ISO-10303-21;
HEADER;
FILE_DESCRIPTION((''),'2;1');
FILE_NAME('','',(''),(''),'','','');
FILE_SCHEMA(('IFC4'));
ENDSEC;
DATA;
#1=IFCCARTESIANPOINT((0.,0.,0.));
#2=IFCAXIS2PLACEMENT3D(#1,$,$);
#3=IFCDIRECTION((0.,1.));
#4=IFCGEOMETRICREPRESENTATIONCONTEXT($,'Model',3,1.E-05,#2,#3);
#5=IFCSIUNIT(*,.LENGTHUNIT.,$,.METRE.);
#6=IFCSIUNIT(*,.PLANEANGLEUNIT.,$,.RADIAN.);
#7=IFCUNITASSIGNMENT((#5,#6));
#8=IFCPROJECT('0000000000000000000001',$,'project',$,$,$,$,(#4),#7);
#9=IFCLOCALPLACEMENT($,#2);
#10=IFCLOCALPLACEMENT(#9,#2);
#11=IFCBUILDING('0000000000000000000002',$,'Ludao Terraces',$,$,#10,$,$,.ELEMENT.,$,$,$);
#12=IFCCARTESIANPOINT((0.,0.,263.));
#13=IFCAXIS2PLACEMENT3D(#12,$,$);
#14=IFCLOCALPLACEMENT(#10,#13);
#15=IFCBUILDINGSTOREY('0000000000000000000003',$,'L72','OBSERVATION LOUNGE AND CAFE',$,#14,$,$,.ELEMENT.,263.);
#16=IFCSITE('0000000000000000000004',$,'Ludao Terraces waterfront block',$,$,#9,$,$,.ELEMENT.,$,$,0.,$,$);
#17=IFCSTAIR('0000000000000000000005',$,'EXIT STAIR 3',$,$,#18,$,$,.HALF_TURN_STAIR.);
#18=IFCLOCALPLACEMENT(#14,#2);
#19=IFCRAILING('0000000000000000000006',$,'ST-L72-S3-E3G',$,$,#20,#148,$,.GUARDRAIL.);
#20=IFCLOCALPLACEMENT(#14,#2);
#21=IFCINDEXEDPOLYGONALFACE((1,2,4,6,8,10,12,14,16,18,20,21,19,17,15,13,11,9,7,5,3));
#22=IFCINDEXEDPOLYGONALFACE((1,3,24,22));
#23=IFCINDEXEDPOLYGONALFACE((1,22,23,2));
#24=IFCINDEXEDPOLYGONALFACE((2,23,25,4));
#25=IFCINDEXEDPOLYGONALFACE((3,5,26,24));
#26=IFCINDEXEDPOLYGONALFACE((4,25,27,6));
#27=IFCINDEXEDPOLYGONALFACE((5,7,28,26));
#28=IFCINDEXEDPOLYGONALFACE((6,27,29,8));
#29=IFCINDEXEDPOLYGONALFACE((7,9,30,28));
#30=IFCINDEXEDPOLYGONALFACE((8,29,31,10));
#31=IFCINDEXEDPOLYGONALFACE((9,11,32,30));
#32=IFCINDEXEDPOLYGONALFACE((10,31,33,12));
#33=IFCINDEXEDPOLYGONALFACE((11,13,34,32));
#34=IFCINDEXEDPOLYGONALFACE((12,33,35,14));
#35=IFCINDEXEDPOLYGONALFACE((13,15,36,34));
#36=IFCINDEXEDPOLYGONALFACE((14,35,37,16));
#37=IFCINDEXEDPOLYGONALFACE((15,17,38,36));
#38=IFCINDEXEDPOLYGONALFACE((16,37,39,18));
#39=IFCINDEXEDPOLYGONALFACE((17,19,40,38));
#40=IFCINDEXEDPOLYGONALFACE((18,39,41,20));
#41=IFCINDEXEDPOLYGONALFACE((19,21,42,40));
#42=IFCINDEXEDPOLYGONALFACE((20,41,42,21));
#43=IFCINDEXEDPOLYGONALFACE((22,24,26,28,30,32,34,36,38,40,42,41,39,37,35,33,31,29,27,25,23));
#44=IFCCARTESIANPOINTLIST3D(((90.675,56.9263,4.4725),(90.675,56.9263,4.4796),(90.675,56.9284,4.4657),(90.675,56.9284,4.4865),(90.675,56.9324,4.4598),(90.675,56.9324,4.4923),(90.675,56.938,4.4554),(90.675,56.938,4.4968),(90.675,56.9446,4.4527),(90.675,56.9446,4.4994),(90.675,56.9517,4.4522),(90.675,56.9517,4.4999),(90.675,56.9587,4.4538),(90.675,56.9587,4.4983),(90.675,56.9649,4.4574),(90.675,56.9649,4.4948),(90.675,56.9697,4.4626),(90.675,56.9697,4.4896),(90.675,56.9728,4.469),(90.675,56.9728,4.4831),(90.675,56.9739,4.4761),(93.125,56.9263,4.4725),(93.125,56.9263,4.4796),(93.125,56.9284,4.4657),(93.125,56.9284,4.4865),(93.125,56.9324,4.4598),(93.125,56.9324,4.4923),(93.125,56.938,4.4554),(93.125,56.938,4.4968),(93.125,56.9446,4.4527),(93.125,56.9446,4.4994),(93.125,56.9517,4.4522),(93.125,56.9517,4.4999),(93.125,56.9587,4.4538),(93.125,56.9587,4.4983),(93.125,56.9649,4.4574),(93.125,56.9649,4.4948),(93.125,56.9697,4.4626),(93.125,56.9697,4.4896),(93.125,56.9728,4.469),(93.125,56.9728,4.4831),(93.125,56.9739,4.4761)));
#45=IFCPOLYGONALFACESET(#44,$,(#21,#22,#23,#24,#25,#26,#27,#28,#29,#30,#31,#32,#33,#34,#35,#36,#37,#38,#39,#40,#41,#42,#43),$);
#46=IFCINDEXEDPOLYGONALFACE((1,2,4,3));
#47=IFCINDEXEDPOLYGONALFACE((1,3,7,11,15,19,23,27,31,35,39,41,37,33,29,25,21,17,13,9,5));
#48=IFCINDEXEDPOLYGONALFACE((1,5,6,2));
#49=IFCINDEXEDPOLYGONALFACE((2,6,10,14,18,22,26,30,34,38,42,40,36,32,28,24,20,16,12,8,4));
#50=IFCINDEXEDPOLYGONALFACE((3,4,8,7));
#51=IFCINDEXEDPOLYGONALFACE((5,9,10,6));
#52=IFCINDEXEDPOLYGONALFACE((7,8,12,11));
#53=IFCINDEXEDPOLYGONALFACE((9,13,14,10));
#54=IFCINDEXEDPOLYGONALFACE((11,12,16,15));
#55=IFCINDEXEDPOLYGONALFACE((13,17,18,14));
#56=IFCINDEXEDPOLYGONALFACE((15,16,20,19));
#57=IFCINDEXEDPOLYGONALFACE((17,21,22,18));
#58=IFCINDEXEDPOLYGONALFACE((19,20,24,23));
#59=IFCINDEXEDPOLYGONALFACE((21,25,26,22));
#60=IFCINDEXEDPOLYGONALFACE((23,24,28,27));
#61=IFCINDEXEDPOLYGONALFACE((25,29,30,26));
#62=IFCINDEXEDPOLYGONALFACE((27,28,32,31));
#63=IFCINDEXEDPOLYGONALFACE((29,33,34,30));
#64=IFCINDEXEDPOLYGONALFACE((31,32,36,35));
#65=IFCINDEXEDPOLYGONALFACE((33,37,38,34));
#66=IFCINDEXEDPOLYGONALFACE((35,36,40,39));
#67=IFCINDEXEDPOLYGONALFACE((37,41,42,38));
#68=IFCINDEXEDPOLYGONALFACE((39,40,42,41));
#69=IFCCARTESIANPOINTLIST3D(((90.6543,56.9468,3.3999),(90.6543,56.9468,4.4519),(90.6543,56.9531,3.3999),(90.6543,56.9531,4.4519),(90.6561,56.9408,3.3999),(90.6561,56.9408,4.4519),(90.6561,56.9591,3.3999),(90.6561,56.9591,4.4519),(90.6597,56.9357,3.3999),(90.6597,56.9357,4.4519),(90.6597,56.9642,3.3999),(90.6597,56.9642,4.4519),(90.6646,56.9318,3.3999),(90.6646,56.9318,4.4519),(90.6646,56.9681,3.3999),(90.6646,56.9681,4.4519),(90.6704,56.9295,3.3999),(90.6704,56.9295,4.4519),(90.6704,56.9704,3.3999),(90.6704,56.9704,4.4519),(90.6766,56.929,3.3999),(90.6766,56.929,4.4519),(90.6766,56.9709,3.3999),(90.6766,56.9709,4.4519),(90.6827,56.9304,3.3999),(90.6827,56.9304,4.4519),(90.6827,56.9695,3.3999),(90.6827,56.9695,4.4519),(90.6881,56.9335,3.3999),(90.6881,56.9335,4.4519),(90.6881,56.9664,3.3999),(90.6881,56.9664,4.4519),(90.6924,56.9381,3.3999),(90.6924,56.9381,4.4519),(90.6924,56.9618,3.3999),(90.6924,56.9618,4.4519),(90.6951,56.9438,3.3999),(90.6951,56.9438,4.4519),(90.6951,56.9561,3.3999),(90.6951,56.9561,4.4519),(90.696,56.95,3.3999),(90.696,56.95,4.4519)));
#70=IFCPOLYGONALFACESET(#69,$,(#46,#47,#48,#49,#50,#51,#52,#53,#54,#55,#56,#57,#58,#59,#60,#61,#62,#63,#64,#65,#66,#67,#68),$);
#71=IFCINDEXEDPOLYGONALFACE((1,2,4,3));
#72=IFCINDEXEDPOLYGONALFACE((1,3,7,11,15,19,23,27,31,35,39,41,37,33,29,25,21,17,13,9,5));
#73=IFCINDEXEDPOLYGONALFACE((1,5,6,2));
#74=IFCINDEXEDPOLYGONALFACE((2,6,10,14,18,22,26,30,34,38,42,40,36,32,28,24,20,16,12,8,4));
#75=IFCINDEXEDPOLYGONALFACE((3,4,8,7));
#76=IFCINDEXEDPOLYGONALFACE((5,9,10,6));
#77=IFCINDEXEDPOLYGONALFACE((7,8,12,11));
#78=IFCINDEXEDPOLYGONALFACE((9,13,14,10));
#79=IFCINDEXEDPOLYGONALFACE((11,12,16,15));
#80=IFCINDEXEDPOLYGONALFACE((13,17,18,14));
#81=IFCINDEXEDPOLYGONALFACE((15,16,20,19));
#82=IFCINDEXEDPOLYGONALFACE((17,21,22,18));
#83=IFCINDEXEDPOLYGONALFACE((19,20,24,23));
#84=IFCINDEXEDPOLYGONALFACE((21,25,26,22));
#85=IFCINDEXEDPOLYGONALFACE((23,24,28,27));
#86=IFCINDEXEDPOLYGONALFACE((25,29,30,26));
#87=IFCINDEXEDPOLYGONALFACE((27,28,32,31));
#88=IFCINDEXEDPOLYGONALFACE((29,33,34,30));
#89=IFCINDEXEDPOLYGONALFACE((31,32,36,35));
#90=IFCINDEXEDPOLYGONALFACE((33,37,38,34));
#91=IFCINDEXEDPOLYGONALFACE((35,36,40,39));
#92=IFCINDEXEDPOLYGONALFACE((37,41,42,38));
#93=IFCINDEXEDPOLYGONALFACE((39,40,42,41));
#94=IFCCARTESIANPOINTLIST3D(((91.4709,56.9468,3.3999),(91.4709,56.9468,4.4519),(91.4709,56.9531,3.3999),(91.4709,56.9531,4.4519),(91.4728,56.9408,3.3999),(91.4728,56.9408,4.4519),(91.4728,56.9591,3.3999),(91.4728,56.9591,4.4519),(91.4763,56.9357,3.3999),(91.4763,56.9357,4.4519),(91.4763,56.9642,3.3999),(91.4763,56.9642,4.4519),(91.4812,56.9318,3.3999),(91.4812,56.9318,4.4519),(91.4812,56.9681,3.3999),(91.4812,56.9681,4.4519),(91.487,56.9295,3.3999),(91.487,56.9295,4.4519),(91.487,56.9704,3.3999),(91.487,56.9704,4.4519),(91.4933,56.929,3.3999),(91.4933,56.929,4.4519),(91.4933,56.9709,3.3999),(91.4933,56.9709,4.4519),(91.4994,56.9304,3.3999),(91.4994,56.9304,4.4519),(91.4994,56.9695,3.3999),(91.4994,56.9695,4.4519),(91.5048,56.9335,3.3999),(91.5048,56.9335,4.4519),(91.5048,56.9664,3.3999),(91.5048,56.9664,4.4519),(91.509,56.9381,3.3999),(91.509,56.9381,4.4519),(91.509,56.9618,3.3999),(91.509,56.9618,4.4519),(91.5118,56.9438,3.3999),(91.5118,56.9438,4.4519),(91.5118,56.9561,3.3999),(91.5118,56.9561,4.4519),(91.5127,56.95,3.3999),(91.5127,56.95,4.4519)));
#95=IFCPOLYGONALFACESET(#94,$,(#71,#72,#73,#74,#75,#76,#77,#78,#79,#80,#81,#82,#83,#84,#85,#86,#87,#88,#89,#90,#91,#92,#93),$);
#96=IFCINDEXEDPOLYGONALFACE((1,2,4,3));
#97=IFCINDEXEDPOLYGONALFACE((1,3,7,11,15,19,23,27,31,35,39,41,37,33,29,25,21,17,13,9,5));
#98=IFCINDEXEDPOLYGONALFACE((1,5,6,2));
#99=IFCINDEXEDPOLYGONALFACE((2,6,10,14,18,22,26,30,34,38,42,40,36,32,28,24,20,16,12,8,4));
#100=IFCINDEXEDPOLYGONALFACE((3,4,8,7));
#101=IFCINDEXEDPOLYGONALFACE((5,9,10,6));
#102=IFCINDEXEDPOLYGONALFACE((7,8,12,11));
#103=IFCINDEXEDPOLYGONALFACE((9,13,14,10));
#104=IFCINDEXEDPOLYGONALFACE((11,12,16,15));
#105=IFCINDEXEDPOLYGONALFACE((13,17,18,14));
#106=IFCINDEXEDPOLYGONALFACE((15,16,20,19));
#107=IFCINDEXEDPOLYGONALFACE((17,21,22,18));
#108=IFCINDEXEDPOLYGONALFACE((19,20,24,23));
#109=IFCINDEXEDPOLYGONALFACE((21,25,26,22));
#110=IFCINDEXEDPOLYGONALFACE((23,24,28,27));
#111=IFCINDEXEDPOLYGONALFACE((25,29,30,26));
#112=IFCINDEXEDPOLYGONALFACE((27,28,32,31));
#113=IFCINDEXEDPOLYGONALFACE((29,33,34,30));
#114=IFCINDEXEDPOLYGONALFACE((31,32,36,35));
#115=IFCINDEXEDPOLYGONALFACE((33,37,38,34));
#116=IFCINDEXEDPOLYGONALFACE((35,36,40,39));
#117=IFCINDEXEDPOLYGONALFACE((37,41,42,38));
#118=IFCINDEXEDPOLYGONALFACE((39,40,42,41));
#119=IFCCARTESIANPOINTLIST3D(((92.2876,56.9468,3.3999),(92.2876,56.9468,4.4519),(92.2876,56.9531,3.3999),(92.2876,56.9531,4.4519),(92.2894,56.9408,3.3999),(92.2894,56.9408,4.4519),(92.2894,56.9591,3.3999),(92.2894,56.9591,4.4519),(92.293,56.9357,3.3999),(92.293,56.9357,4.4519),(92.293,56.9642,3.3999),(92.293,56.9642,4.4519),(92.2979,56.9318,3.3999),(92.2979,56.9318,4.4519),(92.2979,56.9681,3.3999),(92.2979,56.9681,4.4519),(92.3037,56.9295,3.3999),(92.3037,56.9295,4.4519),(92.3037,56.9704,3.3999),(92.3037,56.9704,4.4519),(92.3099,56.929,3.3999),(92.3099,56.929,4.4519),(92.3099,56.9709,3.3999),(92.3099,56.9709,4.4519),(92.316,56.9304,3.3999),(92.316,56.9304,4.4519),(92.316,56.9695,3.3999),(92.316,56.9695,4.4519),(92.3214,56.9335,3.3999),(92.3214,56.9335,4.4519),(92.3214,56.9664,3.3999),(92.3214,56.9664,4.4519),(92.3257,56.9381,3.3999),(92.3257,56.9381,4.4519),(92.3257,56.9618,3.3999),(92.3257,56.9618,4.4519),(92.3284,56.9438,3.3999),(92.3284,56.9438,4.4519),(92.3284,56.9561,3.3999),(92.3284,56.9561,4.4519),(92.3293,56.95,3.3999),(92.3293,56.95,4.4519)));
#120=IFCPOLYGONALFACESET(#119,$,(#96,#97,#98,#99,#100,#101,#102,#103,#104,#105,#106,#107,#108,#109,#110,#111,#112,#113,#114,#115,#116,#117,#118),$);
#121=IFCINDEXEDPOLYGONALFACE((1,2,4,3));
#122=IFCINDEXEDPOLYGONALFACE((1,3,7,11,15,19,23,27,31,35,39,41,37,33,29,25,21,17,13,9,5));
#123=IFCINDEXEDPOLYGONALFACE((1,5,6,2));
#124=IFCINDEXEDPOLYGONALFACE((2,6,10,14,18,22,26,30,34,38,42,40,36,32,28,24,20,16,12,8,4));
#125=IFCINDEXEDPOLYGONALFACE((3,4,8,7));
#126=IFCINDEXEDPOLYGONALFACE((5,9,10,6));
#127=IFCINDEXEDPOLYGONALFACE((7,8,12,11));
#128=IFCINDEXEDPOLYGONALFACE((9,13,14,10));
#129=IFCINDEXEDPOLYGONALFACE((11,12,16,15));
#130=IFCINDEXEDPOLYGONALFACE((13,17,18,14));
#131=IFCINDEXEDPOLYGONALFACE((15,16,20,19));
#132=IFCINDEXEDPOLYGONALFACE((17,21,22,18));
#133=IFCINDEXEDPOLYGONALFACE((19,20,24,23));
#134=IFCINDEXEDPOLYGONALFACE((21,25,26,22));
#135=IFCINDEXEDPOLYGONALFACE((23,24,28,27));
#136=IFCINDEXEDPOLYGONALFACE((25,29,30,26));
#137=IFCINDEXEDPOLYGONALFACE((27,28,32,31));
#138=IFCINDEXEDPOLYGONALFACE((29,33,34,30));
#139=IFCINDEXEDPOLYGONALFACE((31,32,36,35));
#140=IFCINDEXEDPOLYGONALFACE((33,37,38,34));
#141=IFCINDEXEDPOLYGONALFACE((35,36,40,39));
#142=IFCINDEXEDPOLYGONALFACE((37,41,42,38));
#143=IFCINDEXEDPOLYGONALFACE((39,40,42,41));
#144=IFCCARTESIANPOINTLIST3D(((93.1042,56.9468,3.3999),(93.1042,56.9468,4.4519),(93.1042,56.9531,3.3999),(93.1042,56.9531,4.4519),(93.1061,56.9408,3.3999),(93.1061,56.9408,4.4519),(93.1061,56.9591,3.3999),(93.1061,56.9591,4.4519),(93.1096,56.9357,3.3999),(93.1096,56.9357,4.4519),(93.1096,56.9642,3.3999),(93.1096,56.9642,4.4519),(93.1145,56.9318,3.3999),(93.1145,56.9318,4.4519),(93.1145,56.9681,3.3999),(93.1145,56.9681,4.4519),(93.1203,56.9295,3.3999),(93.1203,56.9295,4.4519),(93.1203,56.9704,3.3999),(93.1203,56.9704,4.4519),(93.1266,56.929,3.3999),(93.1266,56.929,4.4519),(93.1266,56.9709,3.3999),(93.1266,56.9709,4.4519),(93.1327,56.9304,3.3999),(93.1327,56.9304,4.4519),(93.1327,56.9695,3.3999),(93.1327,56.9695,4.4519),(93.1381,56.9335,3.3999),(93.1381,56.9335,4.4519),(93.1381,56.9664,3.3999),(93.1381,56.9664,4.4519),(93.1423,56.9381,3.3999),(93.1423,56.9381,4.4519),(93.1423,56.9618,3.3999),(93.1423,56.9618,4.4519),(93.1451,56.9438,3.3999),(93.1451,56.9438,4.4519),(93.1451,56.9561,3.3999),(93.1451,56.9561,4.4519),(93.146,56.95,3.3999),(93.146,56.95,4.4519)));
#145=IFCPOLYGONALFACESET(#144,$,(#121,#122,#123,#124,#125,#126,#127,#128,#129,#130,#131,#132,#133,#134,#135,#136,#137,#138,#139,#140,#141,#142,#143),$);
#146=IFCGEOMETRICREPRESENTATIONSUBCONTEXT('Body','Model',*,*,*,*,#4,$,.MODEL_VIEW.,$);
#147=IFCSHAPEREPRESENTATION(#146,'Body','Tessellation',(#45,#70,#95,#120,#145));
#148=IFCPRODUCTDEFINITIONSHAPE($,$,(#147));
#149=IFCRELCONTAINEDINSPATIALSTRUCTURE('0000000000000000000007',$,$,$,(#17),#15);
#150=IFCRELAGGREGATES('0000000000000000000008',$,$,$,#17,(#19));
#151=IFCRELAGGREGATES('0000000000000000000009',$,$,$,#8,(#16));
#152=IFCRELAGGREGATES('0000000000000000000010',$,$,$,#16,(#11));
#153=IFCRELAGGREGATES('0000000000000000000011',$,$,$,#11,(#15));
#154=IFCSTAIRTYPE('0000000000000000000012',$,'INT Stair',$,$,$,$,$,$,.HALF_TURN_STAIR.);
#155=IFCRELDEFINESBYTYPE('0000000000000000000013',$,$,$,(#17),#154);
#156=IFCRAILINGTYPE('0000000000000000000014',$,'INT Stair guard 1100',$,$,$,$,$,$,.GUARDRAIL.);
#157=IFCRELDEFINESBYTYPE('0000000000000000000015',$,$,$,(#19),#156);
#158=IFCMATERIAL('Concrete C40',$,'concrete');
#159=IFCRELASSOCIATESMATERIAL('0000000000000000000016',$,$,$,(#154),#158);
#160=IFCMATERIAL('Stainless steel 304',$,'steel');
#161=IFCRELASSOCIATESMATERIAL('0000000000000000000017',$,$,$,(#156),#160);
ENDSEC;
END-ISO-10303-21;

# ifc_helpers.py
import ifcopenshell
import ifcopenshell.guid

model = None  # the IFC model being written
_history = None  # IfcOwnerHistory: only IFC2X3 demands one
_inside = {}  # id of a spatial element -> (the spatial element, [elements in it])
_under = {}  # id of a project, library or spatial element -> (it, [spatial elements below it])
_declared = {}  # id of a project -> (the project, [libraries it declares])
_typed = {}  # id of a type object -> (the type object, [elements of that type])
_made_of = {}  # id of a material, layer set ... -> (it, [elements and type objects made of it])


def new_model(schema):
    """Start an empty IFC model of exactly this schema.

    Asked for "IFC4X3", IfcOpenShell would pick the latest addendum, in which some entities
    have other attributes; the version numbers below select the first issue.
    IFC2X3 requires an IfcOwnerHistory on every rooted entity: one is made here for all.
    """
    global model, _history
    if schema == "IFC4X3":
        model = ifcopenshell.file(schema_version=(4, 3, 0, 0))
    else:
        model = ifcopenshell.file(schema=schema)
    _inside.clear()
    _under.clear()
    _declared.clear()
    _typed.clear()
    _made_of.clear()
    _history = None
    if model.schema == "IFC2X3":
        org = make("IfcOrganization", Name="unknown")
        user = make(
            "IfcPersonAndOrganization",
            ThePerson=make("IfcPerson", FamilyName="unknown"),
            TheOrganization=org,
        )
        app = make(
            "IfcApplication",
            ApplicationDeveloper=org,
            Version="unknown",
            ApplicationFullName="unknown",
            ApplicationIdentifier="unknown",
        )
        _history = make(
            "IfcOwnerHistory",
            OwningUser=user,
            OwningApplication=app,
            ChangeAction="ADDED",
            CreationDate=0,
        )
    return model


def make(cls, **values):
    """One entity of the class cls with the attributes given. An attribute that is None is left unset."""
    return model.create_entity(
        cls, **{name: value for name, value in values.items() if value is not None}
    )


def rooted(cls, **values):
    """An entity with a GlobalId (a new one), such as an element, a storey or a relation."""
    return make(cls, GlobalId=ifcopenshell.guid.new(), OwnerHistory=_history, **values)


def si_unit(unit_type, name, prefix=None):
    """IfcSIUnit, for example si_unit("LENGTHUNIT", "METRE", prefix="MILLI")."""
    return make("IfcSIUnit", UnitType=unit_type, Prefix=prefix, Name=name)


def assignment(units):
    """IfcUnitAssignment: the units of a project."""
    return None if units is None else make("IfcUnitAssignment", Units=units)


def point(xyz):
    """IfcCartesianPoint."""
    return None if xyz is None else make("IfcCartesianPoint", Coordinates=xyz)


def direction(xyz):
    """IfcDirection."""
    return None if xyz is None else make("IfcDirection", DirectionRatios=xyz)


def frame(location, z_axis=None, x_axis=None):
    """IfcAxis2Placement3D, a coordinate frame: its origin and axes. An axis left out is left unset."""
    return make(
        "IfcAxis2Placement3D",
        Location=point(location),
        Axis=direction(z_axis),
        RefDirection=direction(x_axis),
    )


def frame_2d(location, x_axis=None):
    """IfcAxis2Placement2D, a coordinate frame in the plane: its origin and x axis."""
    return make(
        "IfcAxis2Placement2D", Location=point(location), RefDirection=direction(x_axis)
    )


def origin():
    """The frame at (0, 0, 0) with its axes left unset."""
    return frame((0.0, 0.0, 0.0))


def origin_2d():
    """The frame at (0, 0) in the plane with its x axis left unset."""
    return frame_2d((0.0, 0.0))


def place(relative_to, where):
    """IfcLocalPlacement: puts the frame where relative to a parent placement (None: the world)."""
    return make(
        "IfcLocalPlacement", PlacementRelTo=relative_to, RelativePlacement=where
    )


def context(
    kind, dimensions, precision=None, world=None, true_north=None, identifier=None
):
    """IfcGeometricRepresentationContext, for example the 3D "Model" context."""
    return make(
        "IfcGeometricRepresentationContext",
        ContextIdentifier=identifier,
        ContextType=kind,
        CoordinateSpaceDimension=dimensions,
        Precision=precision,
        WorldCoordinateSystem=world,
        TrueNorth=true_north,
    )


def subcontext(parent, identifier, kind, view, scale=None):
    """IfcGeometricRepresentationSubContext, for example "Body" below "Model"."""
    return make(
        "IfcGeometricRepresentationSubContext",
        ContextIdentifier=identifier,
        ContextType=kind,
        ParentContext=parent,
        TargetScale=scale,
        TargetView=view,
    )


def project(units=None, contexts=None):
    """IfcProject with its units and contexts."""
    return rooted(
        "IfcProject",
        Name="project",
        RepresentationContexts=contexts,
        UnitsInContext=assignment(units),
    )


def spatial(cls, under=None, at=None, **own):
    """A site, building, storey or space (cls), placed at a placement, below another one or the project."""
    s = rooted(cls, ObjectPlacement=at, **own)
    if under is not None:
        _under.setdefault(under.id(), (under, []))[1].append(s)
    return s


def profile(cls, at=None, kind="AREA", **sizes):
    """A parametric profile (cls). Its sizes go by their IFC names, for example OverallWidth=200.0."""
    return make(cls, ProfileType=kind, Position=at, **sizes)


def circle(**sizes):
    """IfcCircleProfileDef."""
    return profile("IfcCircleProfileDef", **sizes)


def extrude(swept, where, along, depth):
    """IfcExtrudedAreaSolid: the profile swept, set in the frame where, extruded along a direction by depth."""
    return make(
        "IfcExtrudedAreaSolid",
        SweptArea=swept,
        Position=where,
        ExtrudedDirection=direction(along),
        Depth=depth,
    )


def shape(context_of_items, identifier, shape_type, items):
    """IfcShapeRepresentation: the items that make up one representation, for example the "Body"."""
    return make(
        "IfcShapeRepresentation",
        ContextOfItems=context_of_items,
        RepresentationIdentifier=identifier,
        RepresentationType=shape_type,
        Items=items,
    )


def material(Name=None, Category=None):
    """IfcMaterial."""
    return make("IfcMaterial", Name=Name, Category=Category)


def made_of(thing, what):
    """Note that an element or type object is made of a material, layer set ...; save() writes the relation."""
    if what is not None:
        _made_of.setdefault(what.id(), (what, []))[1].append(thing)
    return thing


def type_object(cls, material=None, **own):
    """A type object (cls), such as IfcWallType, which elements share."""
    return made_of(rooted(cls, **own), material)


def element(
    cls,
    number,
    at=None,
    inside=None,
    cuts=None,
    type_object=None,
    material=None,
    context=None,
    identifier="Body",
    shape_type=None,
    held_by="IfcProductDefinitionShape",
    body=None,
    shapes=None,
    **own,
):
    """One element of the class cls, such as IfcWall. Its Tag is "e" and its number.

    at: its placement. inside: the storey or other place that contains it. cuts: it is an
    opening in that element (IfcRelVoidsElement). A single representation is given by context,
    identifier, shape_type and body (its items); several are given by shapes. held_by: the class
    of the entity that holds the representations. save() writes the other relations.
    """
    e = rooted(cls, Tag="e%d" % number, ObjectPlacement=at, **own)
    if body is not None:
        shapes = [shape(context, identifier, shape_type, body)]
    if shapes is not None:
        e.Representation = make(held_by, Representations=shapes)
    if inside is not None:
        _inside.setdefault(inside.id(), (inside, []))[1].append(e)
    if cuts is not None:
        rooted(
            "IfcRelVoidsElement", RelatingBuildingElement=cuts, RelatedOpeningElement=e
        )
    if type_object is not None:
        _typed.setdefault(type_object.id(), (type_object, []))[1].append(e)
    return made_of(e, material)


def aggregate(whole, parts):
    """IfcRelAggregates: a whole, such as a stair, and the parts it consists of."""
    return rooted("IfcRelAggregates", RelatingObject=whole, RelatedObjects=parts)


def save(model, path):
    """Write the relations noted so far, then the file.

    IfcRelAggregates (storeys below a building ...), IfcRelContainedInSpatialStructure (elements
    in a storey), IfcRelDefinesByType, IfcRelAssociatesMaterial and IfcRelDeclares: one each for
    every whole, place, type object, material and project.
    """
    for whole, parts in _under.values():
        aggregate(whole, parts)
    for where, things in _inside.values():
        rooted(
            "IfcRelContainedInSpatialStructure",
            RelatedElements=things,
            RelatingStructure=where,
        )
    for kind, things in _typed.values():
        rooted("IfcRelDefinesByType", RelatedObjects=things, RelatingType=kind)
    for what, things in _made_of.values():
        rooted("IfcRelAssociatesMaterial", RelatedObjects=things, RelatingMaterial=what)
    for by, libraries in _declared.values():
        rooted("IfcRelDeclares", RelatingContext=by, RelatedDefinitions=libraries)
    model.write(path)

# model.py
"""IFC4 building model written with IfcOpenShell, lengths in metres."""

from ifc_helpers import new_model, si_unit, direction, frame, origin, origin_2d, place, context, subcontext, project, spatial, circle, extrude, material, type_object, element, aggregate, save


model = new_model("IFC4")

# Units and contexts
model_context = context("Model", 3, precision=1e-05, world=origin(), true_north=direction((0.0, 1.0)))
body_context = subcontext(model_context, "Body", "Model", "MODEL_VIEW")
ifc_project = project(units=[si_unit("LENGTHUNIT", "METRE"), si_unit("PLANEANGLEUNIT", "RADIAN")], contexts=[model_context])

# Site, building, storey
site_placement = place(None, origin())
site = spatial("IfcSite", under=ifc_project, at=site_placement, Name="Ludao Terraces waterfront block", CompositionType="ELEMENT", RefElevation=0.0)
building_placement = place(site_placement, origin())
building = spatial("IfcBuilding", under=site, at=building_placement, Name="Ludao Terraces", CompositionType="ELEMENT")
storey_placement = place(building_placement, frame((0.0, 0.0, 263.0)))
storey = spatial("IfcBuildingStorey", under=building, at=storey_placement, Name="L72", Description="OBSERVATION LOUNGE AND CAFE", CompositionType="ELEMENT", Elevation=263.0)

# Shared definitions
ifc_material_1 = material(Name="Concrete C40", Category="concrete")

# Stair, railing
stair_type = type_object("IfcStairType", Name="INT Stair", PredefinedType="HALF_TURN_STAIR", material=ifc_material_1)
stair_placement = place(storey_placement, origin())
stair = element("IfcStair", 1, at=stair_placement, inside=storey, type_object=stair_type, Name="EXIT STAIR 3", PredefinedType="HALF_TURN_STAIR")
ifc_material_2 = material(Name="Stainless steel 304", Category="steel")
railing_type_1 = type_object("IfcRailingType", Name="INT Stair guard 1100", PredefinedType="GUARDRAIL", material=ifc_material_2)
railing_1_placement = place(storey_placement, frame((90.675, 56.95, 3.3999)))
railing_1 = element("IfcRailing", 2, at=railing_1_placement, type_object=railing_type_1, Name="ST-L72-S3-E3G", PredefinedType="GUARDRAIL", context=body_context, shape_type="SweptSolid", body=[
    extrude(circle(Radius=0.0239, at=origin_2d()), frame((0.0, 0.0, 1.0762), z_axis=(1.0, 0.0, 0.0), x_axis=(0.0, 1.0, 0.0)), (0.0, 0.0, 1.0), 2.45),
    extrude(circle(Radius=0.021, at=origin_2d()), origin(), (0.0, 0.0, 1.0), 1.052),
    extrude(circle(Radius=0.021, at=origin_2d()), frame((0.8167, 0.0, 0.0)), (0.0, 0.0, 1.0), 1.052),
    extrude(circle(Radius=0.021, at=origin_2d()), frame((1.6333, 0.0, 0.0)), (0.0, 0.0, 1.0), 1.052),
    extrude(circle(Radius=0.021, at=origin_2d()), frame((2.45, 0.0, 0.0)), (0.0, 0.0, 1.0), 1.052),
])
aggregate(stair, [railing_1])

save(model, "model.ifc")
